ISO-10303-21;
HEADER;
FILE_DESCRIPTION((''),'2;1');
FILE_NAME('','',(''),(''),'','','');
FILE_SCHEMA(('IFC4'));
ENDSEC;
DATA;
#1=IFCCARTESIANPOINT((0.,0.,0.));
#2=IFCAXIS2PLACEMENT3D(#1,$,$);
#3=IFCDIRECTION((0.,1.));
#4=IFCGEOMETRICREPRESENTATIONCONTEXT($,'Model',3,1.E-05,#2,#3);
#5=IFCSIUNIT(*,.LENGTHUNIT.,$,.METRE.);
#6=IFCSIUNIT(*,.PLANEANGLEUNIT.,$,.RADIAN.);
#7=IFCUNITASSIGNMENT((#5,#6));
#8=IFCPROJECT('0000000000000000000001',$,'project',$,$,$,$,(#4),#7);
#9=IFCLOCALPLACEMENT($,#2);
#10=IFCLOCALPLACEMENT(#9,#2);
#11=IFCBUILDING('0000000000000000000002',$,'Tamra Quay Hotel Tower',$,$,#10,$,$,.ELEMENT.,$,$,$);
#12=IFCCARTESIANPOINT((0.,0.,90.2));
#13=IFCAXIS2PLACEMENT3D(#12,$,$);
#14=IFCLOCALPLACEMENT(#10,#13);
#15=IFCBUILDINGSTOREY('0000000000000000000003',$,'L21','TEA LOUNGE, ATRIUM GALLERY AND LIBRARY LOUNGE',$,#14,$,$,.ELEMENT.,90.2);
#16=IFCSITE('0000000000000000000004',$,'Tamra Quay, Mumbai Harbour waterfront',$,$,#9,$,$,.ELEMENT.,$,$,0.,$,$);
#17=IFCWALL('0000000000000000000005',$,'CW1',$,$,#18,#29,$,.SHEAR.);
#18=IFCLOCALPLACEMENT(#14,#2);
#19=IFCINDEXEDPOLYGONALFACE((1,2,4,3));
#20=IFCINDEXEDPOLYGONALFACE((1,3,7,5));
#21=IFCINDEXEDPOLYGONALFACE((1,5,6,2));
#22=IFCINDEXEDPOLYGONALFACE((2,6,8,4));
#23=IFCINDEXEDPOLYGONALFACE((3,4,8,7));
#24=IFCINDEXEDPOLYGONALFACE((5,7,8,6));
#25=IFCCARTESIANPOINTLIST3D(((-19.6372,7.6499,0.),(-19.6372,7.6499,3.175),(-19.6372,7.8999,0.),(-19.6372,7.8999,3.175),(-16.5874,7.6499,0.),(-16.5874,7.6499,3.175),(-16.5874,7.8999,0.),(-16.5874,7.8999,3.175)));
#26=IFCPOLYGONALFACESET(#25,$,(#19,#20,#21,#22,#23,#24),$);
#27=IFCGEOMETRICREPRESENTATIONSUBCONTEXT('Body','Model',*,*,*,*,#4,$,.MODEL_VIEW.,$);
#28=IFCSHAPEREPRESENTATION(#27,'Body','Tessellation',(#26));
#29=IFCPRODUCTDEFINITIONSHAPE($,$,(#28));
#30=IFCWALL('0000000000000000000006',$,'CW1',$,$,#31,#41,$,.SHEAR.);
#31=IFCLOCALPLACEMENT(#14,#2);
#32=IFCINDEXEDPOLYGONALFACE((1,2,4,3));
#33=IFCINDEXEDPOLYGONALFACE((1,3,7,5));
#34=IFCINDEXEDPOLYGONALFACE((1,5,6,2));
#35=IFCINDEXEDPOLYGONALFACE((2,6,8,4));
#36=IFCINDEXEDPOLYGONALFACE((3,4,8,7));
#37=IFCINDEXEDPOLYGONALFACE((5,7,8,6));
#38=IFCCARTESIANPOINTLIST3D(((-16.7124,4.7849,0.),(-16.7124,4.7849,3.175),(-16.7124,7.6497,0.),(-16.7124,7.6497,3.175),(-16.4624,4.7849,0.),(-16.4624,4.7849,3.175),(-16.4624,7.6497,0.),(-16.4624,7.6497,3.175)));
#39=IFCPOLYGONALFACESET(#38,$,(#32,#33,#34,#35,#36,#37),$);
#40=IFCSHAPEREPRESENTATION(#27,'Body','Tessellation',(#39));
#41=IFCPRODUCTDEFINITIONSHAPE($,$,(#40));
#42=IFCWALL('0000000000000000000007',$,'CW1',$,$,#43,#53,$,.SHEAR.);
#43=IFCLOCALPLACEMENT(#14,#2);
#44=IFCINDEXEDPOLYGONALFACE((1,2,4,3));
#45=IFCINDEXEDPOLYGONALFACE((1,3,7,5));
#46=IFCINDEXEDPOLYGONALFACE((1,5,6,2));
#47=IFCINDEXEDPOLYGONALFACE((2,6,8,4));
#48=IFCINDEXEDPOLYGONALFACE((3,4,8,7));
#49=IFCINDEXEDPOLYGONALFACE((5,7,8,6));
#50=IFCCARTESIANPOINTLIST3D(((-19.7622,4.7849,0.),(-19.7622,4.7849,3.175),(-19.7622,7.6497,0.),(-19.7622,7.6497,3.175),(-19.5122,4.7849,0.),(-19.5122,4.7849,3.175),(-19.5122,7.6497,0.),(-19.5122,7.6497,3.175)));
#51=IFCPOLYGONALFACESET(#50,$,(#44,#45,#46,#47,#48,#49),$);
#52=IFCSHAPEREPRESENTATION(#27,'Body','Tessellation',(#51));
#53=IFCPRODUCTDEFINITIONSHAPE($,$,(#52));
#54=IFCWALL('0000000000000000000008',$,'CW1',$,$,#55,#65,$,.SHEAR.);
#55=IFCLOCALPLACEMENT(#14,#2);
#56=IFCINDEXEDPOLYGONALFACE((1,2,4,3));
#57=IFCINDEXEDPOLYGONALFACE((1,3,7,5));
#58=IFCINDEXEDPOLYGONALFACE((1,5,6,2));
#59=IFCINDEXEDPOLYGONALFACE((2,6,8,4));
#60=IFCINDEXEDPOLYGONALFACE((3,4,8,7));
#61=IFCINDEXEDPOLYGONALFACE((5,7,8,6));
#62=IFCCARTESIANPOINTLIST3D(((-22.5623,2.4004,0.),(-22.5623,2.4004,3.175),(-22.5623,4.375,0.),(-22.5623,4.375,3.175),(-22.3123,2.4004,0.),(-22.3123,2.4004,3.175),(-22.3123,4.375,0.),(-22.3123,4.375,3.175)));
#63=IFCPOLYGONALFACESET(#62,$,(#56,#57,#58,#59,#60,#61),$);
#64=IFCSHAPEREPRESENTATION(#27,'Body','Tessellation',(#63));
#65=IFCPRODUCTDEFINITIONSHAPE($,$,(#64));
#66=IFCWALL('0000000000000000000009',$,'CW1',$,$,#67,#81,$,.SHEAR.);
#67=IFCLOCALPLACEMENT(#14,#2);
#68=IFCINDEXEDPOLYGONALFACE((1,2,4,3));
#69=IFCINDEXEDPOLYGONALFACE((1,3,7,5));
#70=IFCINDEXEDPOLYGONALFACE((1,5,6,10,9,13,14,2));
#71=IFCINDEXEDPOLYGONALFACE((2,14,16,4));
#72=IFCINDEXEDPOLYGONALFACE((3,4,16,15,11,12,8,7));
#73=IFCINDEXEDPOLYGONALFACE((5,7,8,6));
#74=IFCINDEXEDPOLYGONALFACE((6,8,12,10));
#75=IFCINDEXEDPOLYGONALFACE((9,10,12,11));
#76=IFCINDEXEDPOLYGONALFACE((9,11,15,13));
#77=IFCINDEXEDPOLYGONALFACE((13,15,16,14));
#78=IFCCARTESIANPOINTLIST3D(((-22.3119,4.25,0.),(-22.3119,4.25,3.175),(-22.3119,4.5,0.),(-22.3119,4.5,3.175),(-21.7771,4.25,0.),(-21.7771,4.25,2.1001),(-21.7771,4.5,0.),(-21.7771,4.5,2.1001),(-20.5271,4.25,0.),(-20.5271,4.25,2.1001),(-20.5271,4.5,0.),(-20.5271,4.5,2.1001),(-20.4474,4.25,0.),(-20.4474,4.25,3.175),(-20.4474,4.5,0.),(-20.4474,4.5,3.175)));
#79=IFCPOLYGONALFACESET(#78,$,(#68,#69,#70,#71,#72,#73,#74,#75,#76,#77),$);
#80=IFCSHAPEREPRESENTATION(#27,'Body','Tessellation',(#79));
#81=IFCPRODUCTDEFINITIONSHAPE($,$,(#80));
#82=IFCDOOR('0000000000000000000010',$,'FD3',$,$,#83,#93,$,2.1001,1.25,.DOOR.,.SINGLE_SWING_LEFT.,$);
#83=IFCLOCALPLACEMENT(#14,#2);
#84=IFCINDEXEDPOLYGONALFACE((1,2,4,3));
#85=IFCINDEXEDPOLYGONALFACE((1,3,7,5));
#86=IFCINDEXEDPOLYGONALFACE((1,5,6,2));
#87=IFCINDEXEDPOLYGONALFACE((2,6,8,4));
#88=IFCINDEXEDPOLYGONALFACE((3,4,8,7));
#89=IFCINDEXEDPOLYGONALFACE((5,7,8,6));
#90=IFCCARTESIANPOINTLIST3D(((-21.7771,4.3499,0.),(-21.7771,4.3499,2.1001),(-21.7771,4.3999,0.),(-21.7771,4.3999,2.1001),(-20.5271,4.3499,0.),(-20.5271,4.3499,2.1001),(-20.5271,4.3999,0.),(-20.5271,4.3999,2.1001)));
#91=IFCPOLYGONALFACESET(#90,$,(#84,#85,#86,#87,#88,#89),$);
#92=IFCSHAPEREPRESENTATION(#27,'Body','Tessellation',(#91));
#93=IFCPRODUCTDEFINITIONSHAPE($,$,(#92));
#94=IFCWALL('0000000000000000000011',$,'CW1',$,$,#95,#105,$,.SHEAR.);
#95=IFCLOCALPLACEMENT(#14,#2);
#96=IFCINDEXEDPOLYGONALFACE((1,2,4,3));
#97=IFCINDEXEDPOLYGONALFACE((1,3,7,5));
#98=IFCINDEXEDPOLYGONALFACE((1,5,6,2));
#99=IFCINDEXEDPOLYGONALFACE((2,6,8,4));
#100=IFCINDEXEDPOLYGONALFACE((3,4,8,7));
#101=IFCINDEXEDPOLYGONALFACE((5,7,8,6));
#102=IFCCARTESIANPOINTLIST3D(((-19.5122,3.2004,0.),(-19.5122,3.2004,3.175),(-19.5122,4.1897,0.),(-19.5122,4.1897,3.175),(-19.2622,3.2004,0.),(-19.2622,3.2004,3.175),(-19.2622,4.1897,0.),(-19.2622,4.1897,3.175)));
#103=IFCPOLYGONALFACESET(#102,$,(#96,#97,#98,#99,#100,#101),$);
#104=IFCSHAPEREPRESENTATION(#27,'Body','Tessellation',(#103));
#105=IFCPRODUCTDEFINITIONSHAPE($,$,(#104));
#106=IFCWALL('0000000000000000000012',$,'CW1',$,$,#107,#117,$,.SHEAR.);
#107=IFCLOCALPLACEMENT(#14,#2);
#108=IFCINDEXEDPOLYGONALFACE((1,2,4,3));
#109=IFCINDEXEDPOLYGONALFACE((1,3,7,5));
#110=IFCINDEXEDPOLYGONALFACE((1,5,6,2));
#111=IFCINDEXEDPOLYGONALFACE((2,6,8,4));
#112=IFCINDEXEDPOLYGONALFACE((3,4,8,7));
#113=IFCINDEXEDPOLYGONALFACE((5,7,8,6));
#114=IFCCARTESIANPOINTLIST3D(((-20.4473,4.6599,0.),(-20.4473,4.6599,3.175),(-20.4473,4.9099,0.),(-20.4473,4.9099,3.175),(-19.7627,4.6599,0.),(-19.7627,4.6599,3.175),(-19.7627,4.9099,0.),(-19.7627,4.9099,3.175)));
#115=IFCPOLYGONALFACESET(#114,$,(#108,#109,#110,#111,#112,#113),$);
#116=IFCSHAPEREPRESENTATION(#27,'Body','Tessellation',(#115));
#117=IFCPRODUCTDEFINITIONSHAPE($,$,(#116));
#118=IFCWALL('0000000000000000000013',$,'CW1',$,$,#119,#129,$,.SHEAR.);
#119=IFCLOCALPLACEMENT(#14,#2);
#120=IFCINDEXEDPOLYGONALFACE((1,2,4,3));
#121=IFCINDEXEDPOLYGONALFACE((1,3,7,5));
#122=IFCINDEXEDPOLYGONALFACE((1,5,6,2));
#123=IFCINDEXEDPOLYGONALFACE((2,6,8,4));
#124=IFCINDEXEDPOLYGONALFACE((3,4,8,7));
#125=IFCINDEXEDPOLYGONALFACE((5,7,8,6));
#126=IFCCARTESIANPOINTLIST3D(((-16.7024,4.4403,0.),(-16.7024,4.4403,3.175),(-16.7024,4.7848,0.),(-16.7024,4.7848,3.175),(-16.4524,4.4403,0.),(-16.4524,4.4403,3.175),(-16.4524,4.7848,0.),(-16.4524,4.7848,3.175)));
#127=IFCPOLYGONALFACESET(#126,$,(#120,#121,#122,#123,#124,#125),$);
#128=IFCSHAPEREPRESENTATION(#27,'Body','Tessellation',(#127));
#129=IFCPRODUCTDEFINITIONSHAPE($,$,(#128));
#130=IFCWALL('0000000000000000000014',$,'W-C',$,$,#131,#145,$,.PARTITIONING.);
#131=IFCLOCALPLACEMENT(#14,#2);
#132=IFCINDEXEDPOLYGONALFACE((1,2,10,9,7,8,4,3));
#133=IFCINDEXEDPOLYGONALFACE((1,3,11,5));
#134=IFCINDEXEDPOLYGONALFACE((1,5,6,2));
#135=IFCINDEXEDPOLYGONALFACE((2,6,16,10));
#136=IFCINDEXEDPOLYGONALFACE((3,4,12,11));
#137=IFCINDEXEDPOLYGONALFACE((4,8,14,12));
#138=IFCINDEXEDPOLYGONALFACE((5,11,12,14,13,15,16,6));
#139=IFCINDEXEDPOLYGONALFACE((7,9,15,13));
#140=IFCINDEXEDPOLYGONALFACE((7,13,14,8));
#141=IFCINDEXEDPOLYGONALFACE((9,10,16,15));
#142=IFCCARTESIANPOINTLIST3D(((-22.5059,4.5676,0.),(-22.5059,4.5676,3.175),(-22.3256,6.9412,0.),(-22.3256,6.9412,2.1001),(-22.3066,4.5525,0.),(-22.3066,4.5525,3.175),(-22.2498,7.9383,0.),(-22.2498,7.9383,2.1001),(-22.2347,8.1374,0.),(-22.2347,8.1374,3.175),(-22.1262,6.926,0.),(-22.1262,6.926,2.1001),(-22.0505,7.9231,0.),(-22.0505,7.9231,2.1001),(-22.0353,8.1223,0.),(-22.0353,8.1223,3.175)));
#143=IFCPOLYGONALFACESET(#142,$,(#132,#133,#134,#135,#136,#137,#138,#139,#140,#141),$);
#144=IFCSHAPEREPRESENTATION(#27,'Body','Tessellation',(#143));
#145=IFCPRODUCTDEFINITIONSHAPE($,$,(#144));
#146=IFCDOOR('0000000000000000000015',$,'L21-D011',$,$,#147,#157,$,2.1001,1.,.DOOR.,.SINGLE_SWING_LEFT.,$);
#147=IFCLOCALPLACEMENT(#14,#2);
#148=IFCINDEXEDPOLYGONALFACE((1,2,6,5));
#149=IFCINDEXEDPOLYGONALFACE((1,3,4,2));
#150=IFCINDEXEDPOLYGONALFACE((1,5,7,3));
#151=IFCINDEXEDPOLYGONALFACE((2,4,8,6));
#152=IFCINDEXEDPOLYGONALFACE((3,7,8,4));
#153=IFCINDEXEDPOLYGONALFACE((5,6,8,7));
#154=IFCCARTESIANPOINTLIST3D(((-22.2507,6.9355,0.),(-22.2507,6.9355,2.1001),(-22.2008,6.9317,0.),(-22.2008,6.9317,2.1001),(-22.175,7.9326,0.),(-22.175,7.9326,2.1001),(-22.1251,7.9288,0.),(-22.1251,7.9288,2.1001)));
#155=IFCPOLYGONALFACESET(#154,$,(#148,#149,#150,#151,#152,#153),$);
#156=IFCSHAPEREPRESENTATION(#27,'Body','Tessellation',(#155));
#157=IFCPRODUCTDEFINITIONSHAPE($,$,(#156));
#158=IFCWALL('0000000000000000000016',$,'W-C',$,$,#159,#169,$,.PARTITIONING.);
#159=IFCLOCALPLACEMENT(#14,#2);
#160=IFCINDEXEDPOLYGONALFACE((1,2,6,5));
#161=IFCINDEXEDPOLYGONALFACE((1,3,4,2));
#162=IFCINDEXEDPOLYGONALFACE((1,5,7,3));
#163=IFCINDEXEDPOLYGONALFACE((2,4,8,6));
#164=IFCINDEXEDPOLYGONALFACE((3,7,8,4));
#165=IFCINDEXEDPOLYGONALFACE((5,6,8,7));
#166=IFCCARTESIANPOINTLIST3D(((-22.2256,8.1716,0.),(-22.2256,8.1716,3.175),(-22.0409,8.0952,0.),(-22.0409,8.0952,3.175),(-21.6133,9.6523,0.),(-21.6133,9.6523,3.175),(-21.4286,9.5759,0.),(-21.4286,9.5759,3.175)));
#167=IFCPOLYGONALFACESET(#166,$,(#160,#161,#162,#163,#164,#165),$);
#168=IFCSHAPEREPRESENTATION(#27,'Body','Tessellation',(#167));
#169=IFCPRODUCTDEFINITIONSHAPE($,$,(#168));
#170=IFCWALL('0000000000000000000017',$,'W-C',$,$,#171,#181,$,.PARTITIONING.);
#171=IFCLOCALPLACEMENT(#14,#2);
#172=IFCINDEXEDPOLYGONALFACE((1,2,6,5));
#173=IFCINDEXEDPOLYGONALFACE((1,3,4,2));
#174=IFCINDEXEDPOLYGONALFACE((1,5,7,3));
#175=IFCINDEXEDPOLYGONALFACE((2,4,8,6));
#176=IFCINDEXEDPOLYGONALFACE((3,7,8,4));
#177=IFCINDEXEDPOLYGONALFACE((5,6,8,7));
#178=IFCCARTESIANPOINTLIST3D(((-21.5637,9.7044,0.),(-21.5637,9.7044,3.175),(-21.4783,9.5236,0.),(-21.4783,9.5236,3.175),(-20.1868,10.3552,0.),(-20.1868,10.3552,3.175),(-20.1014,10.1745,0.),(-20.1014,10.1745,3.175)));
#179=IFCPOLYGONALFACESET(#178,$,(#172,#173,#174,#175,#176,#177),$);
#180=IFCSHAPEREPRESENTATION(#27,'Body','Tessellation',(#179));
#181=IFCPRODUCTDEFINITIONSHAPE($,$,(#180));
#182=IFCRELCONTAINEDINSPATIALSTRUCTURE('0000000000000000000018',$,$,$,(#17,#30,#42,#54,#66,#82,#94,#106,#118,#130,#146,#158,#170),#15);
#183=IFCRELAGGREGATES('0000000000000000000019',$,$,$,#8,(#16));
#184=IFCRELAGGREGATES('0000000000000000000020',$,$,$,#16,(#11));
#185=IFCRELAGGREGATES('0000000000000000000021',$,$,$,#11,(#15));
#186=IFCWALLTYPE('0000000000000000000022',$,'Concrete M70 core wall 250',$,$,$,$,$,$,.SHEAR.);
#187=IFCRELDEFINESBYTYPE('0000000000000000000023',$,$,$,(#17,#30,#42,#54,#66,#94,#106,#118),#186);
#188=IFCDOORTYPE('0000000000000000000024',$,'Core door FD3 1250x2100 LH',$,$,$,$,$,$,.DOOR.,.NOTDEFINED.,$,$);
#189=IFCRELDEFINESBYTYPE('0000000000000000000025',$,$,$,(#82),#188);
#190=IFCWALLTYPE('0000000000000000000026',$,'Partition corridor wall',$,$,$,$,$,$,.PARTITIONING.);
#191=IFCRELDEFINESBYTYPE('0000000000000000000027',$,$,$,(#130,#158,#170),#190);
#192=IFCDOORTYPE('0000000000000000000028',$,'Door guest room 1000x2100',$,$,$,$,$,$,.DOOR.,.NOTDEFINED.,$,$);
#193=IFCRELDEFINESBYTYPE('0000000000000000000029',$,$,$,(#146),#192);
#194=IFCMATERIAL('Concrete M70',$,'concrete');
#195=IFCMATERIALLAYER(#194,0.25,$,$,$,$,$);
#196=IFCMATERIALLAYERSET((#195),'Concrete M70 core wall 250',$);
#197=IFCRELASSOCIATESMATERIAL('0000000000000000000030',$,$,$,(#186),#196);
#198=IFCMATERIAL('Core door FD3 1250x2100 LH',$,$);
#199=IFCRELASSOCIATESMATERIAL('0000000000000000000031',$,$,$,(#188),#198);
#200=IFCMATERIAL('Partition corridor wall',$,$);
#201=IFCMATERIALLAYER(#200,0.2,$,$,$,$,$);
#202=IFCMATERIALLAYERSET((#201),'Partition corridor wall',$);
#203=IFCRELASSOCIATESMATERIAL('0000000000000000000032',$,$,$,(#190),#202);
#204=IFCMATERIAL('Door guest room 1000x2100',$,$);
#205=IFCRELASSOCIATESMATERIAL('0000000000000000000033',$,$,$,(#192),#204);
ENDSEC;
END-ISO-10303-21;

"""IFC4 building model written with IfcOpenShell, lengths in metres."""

from ifc_helpers import new_model, si_unit, direction, frame, frame_2d, origin, place, context, subcontext, project, spatial, rectangle, extrude, material, layer, layer_set, type_object, element, fill, save


model = new_model("IFC4")

# Units and contexts
model_context = context("Model", 3, precision=1e-05, world=origin(), true_north=direction((0.0, 1.0)))
body_context = subcontext(model_context, "Body", "Model", "MODEL_VIEW")
ifc_project = project(units=[si_unit("LENGTHUNIT", "METRE"), si_unit("PLANEANGLEUNIT", "RADIAN")], contexts=[model_context])

# Site, building, storey
site_placement = place(None, origin())
site = spatial("IfcSite", under=ifc_project, at=site_placement, Name="Tamra Quay, Mumbai Harbour waterfront", CompositionType="ELEMENT", RefElevation=0.0)
building_placement = place(site_placement, origin())
building = spatial("IfcBuilding", under=site, at=building_placement, Name="Tamra Quay Hotel Tower", CompositionType="ELEMENT")
storey_placement = place(building_placement, frame((0.0, 0.0, 90.2)))
storey = spatial("IfcBuildingStorey", under=building, at=storey_placement, Name="L21", Description="TEA LOUNGE, ATRIUM GALLERY AND LIBRARY LOUNGE", CompositionType="ELEMENT", Elevation=90.2)

# Shared definitions
ifc_material_1 = material(Name="Concrete M70", Category="concrete")

# Walls
ifc_layer_1 = layer(ifc_material_1, 0.25)
ifc_layer_set_1 = layer_set([ifc_layer_1], Name="Concrete M70 core wall 250")
wall_type_1 = type_object("IfcWallType", Name="Concrete M70 core wall 250", PredefinedType="SHEAR", material=ifc_layer_set_1)
wall_1_placement = place(storey_placement, frame((-19.6372, 7.7749, 0.0), z_axis=(0.0, 0.0, 1.0), x_axis=(1.0, 0.0, 0.0)))
element("IfcWall", 1, at=wall_1_placement, inside=storey, type_object=wall_type_1, Name="CW1", PredefinedType="SHEAR", context=body_context, shape_type="SweptSolid", body=[
    extrude(rectangle(XDim=3.0498, YDim=0.25, at=frame_2d((1.5249, 0.0))), origin(), (0.0, 0.0, 1.0), 3.175),
])
for number, where, z_axis, x_axis, name in (
    (2, (-16.5874, 7.6497, 0.0), (0.0, 0.0, 1.0), (0.0, -1.0, 0.0), "CW1"),
    (3, (-19.6372, 4.7849, 0.0), (0.0, 0.0, 1.0), (0.0, 1.0, 0.0), "CW1"),
):
    element("IfcWall", number, at=place(storey_placement, frame(where, z_axis=z_axis, x_axis=x_axis)), inside=storey, type_object=wall_type_1, Name=name, PredefinedType="SHEAR", context=body_context, shape_type="SweptSolid", body=[
        extrude(rectangle(XDim=2.8647, YDim=0.25, at=frame_2d((1.4324, 0.0))), origin(), (0.0, 0.0, 1.0), 3.175),
    ])
wall_2_placement = place(storey_placement, frame((-22.4373, 2.4004, 0.0), z_axis=(0.0, 0.0, 1.0), x_axis=(0.0, 1.0, 0.0)))
element("IfcWall", 4, at=wall_2_placement, inside=storey, type_object=wall_type_1, Name="CW1", PredefinedType="SHEAR", context=body_context, shape_type="SweptSolid", body=[
    extrude(rectangle(XDim=1.9746, YDim=0.25, at=frame_2d((0.9873, 0.0))), origin(), (0.0, 0.0, 1.0), 3.175),
])

# Wall, opening, door
wall_3_placement = place(storey_placement, frame((-22.3118, 4.375, 0.0), z_axis=(0.0, 0.0, 1.0), x_axis=(1.0, 0.0, 0.0)))
wall_3 = element("IfcWall", 5, at=wall_3_placement, inside=storey, type_object=wall_type_1, Name="CW1", PredefinedType="SHEAR", context=body_context, shape_type="SweptSolid", body=[
    extrude(rectangle(XDim=1.8645, YDim=0.25, at=frame_2d((0.9321, 0.0))), origin(), (0.0, 0.0, 1.0), 3.175),
])
opening_1_placement = place(wall_3_placement, frame((0.5347, 0.0, 0.0)))
opening_1 = element("IfcOpeningElement", 6, at=opening_1_placement, cuts=wall_3, PredefinedType="OPENING", context=body_context, shape_type="SweptSolid", body=[
    extrude(rectangle(XDim=1.25, YDim=2.1001, at=frame_2d((0.625, 1.05))), frame((0.0, 0.135, 0.0), z_axis=(0.0, -1.0, 0.0), x_axis=(1.0, 0.0, 0.0)), (0.0, 0.0, 1.0), 0.27),
])
ifc_material_2 = material(Name="Core door FD3 1250x2100 LH")
door_type_1 = type_object("IfcDoorType", Name="Core door FD3 1250x2100 LH", OperationType="NOTDEFINED", PredefinedType="DOOR", material=ifc_material_2)
door_1_placement = place(opening_1_placement, origin())
door_1 = element("IfcDoor", 7, at=door_1_placement, inside=storey, type_object=door_type_1, Name="FD3", OperationType="SINGLE_SWING_LEFT", OverallHeight=2.1001, OverallWidth=1.25, PredefinedType="DOOR", context=body_context, shape_type="SweptSolid", body=[
    extrude(rectangle(XDim=1.25, YDim=2.1001, at=frame_2d((0.625, 1.05))), frame((0.0, 0.0249, 0.0), z_axis=(0.0, -1.0, 0.0), x_axis=(1.0, 0.0, 0.0)), (0.0, 0.0, 1.0), 0.05),
])
fill(opening_1, door_1)

# Walls
wall_4_placement = place(storey_placement, frame((-19.3872, 4.1897, 0.0), z_axis=(0.0, 0.0, 1.0), x_axis=(0.0, -1.0, 0.0)))
element("IfcWall", 8, at=wall_4_placement, inside=storey, type_object=wall_type_1, Name="CW1", PredefinedType="SHEAR", context=body_context, shape_type="SweptSolid", body=[
    extrude(rectangle(XDim=0.9893, YDim=0.25, at=frame_2d((0.4946, 0.0))), origin(), (0.0, 0.0, 1.0), 3.175),
])
wall_5_placement = place(storey_placement, frame((-20.4473, 4.7849, 0.0), z_axis=(0.0, 0.0, 1.0), x_axis=(1.0, 0.0, 0.0)))
element("IfcWall", 9, at=wall_5_placement, inside=storey, type_object=wall_type_1, Name="CW1", PredefinedType="SHEAR", context=body_context, shape_type="SweptSolid", body=[
    extrude(rectangle(XDim=0.6846, YDim=0.25, at=frame_2d((0.3423, 0.0))), origin(), (0.0, 0.0, 1.0), 3.175),
])
wall_6_placement = place(storey_placement, frame((-16.5774, 4.7849, 0.0), z_axis=(0.0, 0.0, 1.0), x_axis=(0.0, -1.0, 0.0)))
element("IfcWall", 10, at=wall_6_placement, inside=storey, type_object=wall_type_1, Name="CW1", PredefinedType="SHEAR", context=body_context, shape_type="SweptSolid", body=[
    extrude(rectangle(XDim=0.3445, YDim=0.25, at=frame_2d((0.1724, 0.0))), origin(), (0.0, 0.0, 1.0), 3.175),
])

# Wall, opening, door
ifc_material_3 = material(Name="Partition corridor wall")
ifc_layer_2 = layer(ifc_material_3, 0.2)
ifc_layer_set_2 = layer_set([ifc_layer_2], Name="Partition corridor wall")
wall_type_2 = type_object("IfcWallType", Name="Partition corridor wall", PredefinedType="PARTITIONING", material=ifc_layer_set_2)
wall_7_placement = place(storey_placement, frame((-22.4062, 4.5601, 0.0), z_axis=(0.0, 0.0, 1.0), x_axis=(0.075763, 0.997126, 0.0)))
wall_7 = element("IfcWall", 11, at=wall_7_placement, inside=storey, type_object=wall_type_2, Name="W-C", PredefinedType="PARTITIONING", context=body_context, shape_type="SweptSolid", body=[
    extrude(rectangle(XDim=3.5801, YDim=0.2, at=frame_2d((1.79, 0.0))), origin(), (0.0, 0.0, 1.0), 3.175),
])
opening_2_placement = place(wall_7_placement, frame((2.3804, 0.0, 0.0)))
opening_2 = element("IfcOpeningElement", 12, at=opening_2_placement, cuts=wall_7, PredefinedType="OPENING", context=body_context, shape_type="SweptSolid", body=[
    extrude(rectangle(XDim=1.0, YDim=2.1001, at=frame_2d((0.5, 1.05))), frame((0.0, 0.1099, 0.0), z_axis=(0.0, -1.0, 0.0), x_axis=(1.0, 0.0, 0.0)), (0.0, 0.0, 1.0), 0.22),
])
ifc_material_4 = material(Name="Door guest room 1000x2100")
door_type_2 = type_object("IfcDoorType", Name="Door guest room 1000x2100", OperationType="NOTDEFINED", PredefinedType="DOOR", material=ifc_material_4)
door_2_placement = place(opening_2_placement, origin())
door_2 = element("IfcDoor", 13, at=door_2_placement, inside=storey, type_object=door_type_2, Name="L21-D011", OperationType="SINGLE_SWING_LEFT", OverallHeight=2.1001, OverallWidth=1.0, PredefinedType="DOOR", context=body_context, shape_type="SweptSolid", body=[
    extrude(rectangle(XDim=1.0, YDim=2.1001, at=frame_2d((0.5, 1.05))), frame((0.0, 0.0249, 0.0), z_axis=(0.0, -1.0, 0.0), x_axis=(1.0, 0.0, 0.0)), (0.0, 0.0, 1.0), 0.05),
])
fill(opening_2, door_2)

# Walls
wall_8_placement = place(storey_placement, frame((-22.1333, 8.1333, 0.0), z_axis=(0.0, 0.0, 1.0), x_axis=(0.382136, 0.924106, 0.0)))
element("IfcWall", 14, at=wall_8_placement, inside=storey, type_object=wall_type_2, Name="W-C", PredefinedType="PARTITIONING", context=body_context, shape_type="SweptSolid", body=[
    extrude(rectangle(XDim=1.6023, YDim=0.2, at=frame_2d((0.8013, 0.0))), origin(), (0.0, 0.0, 1.0), 3.175),
])
wall_9_placement = place(storey_placement, frame((-21.521, 9.614, 0.0), z_axis=(0.0, 0.0, 1.0), x_axis=(0.904084, 0.427356, 0.0)))
element("IfcWall", 15, at=wall_9_placement, inside=storey, type_object=wall_type_2, Name="W-C", PredefinedType="PARTITIONING", context=body_context, shape_type="SweptSolid", body=[
    extrude(rectangle(XDim=1.5229, YDim=0.2, at=frame_2d((0.7615, 0.0))), origin(), (0.0, 0.0, 1.0), 3.175),
])

save(model, "model.ifc")
